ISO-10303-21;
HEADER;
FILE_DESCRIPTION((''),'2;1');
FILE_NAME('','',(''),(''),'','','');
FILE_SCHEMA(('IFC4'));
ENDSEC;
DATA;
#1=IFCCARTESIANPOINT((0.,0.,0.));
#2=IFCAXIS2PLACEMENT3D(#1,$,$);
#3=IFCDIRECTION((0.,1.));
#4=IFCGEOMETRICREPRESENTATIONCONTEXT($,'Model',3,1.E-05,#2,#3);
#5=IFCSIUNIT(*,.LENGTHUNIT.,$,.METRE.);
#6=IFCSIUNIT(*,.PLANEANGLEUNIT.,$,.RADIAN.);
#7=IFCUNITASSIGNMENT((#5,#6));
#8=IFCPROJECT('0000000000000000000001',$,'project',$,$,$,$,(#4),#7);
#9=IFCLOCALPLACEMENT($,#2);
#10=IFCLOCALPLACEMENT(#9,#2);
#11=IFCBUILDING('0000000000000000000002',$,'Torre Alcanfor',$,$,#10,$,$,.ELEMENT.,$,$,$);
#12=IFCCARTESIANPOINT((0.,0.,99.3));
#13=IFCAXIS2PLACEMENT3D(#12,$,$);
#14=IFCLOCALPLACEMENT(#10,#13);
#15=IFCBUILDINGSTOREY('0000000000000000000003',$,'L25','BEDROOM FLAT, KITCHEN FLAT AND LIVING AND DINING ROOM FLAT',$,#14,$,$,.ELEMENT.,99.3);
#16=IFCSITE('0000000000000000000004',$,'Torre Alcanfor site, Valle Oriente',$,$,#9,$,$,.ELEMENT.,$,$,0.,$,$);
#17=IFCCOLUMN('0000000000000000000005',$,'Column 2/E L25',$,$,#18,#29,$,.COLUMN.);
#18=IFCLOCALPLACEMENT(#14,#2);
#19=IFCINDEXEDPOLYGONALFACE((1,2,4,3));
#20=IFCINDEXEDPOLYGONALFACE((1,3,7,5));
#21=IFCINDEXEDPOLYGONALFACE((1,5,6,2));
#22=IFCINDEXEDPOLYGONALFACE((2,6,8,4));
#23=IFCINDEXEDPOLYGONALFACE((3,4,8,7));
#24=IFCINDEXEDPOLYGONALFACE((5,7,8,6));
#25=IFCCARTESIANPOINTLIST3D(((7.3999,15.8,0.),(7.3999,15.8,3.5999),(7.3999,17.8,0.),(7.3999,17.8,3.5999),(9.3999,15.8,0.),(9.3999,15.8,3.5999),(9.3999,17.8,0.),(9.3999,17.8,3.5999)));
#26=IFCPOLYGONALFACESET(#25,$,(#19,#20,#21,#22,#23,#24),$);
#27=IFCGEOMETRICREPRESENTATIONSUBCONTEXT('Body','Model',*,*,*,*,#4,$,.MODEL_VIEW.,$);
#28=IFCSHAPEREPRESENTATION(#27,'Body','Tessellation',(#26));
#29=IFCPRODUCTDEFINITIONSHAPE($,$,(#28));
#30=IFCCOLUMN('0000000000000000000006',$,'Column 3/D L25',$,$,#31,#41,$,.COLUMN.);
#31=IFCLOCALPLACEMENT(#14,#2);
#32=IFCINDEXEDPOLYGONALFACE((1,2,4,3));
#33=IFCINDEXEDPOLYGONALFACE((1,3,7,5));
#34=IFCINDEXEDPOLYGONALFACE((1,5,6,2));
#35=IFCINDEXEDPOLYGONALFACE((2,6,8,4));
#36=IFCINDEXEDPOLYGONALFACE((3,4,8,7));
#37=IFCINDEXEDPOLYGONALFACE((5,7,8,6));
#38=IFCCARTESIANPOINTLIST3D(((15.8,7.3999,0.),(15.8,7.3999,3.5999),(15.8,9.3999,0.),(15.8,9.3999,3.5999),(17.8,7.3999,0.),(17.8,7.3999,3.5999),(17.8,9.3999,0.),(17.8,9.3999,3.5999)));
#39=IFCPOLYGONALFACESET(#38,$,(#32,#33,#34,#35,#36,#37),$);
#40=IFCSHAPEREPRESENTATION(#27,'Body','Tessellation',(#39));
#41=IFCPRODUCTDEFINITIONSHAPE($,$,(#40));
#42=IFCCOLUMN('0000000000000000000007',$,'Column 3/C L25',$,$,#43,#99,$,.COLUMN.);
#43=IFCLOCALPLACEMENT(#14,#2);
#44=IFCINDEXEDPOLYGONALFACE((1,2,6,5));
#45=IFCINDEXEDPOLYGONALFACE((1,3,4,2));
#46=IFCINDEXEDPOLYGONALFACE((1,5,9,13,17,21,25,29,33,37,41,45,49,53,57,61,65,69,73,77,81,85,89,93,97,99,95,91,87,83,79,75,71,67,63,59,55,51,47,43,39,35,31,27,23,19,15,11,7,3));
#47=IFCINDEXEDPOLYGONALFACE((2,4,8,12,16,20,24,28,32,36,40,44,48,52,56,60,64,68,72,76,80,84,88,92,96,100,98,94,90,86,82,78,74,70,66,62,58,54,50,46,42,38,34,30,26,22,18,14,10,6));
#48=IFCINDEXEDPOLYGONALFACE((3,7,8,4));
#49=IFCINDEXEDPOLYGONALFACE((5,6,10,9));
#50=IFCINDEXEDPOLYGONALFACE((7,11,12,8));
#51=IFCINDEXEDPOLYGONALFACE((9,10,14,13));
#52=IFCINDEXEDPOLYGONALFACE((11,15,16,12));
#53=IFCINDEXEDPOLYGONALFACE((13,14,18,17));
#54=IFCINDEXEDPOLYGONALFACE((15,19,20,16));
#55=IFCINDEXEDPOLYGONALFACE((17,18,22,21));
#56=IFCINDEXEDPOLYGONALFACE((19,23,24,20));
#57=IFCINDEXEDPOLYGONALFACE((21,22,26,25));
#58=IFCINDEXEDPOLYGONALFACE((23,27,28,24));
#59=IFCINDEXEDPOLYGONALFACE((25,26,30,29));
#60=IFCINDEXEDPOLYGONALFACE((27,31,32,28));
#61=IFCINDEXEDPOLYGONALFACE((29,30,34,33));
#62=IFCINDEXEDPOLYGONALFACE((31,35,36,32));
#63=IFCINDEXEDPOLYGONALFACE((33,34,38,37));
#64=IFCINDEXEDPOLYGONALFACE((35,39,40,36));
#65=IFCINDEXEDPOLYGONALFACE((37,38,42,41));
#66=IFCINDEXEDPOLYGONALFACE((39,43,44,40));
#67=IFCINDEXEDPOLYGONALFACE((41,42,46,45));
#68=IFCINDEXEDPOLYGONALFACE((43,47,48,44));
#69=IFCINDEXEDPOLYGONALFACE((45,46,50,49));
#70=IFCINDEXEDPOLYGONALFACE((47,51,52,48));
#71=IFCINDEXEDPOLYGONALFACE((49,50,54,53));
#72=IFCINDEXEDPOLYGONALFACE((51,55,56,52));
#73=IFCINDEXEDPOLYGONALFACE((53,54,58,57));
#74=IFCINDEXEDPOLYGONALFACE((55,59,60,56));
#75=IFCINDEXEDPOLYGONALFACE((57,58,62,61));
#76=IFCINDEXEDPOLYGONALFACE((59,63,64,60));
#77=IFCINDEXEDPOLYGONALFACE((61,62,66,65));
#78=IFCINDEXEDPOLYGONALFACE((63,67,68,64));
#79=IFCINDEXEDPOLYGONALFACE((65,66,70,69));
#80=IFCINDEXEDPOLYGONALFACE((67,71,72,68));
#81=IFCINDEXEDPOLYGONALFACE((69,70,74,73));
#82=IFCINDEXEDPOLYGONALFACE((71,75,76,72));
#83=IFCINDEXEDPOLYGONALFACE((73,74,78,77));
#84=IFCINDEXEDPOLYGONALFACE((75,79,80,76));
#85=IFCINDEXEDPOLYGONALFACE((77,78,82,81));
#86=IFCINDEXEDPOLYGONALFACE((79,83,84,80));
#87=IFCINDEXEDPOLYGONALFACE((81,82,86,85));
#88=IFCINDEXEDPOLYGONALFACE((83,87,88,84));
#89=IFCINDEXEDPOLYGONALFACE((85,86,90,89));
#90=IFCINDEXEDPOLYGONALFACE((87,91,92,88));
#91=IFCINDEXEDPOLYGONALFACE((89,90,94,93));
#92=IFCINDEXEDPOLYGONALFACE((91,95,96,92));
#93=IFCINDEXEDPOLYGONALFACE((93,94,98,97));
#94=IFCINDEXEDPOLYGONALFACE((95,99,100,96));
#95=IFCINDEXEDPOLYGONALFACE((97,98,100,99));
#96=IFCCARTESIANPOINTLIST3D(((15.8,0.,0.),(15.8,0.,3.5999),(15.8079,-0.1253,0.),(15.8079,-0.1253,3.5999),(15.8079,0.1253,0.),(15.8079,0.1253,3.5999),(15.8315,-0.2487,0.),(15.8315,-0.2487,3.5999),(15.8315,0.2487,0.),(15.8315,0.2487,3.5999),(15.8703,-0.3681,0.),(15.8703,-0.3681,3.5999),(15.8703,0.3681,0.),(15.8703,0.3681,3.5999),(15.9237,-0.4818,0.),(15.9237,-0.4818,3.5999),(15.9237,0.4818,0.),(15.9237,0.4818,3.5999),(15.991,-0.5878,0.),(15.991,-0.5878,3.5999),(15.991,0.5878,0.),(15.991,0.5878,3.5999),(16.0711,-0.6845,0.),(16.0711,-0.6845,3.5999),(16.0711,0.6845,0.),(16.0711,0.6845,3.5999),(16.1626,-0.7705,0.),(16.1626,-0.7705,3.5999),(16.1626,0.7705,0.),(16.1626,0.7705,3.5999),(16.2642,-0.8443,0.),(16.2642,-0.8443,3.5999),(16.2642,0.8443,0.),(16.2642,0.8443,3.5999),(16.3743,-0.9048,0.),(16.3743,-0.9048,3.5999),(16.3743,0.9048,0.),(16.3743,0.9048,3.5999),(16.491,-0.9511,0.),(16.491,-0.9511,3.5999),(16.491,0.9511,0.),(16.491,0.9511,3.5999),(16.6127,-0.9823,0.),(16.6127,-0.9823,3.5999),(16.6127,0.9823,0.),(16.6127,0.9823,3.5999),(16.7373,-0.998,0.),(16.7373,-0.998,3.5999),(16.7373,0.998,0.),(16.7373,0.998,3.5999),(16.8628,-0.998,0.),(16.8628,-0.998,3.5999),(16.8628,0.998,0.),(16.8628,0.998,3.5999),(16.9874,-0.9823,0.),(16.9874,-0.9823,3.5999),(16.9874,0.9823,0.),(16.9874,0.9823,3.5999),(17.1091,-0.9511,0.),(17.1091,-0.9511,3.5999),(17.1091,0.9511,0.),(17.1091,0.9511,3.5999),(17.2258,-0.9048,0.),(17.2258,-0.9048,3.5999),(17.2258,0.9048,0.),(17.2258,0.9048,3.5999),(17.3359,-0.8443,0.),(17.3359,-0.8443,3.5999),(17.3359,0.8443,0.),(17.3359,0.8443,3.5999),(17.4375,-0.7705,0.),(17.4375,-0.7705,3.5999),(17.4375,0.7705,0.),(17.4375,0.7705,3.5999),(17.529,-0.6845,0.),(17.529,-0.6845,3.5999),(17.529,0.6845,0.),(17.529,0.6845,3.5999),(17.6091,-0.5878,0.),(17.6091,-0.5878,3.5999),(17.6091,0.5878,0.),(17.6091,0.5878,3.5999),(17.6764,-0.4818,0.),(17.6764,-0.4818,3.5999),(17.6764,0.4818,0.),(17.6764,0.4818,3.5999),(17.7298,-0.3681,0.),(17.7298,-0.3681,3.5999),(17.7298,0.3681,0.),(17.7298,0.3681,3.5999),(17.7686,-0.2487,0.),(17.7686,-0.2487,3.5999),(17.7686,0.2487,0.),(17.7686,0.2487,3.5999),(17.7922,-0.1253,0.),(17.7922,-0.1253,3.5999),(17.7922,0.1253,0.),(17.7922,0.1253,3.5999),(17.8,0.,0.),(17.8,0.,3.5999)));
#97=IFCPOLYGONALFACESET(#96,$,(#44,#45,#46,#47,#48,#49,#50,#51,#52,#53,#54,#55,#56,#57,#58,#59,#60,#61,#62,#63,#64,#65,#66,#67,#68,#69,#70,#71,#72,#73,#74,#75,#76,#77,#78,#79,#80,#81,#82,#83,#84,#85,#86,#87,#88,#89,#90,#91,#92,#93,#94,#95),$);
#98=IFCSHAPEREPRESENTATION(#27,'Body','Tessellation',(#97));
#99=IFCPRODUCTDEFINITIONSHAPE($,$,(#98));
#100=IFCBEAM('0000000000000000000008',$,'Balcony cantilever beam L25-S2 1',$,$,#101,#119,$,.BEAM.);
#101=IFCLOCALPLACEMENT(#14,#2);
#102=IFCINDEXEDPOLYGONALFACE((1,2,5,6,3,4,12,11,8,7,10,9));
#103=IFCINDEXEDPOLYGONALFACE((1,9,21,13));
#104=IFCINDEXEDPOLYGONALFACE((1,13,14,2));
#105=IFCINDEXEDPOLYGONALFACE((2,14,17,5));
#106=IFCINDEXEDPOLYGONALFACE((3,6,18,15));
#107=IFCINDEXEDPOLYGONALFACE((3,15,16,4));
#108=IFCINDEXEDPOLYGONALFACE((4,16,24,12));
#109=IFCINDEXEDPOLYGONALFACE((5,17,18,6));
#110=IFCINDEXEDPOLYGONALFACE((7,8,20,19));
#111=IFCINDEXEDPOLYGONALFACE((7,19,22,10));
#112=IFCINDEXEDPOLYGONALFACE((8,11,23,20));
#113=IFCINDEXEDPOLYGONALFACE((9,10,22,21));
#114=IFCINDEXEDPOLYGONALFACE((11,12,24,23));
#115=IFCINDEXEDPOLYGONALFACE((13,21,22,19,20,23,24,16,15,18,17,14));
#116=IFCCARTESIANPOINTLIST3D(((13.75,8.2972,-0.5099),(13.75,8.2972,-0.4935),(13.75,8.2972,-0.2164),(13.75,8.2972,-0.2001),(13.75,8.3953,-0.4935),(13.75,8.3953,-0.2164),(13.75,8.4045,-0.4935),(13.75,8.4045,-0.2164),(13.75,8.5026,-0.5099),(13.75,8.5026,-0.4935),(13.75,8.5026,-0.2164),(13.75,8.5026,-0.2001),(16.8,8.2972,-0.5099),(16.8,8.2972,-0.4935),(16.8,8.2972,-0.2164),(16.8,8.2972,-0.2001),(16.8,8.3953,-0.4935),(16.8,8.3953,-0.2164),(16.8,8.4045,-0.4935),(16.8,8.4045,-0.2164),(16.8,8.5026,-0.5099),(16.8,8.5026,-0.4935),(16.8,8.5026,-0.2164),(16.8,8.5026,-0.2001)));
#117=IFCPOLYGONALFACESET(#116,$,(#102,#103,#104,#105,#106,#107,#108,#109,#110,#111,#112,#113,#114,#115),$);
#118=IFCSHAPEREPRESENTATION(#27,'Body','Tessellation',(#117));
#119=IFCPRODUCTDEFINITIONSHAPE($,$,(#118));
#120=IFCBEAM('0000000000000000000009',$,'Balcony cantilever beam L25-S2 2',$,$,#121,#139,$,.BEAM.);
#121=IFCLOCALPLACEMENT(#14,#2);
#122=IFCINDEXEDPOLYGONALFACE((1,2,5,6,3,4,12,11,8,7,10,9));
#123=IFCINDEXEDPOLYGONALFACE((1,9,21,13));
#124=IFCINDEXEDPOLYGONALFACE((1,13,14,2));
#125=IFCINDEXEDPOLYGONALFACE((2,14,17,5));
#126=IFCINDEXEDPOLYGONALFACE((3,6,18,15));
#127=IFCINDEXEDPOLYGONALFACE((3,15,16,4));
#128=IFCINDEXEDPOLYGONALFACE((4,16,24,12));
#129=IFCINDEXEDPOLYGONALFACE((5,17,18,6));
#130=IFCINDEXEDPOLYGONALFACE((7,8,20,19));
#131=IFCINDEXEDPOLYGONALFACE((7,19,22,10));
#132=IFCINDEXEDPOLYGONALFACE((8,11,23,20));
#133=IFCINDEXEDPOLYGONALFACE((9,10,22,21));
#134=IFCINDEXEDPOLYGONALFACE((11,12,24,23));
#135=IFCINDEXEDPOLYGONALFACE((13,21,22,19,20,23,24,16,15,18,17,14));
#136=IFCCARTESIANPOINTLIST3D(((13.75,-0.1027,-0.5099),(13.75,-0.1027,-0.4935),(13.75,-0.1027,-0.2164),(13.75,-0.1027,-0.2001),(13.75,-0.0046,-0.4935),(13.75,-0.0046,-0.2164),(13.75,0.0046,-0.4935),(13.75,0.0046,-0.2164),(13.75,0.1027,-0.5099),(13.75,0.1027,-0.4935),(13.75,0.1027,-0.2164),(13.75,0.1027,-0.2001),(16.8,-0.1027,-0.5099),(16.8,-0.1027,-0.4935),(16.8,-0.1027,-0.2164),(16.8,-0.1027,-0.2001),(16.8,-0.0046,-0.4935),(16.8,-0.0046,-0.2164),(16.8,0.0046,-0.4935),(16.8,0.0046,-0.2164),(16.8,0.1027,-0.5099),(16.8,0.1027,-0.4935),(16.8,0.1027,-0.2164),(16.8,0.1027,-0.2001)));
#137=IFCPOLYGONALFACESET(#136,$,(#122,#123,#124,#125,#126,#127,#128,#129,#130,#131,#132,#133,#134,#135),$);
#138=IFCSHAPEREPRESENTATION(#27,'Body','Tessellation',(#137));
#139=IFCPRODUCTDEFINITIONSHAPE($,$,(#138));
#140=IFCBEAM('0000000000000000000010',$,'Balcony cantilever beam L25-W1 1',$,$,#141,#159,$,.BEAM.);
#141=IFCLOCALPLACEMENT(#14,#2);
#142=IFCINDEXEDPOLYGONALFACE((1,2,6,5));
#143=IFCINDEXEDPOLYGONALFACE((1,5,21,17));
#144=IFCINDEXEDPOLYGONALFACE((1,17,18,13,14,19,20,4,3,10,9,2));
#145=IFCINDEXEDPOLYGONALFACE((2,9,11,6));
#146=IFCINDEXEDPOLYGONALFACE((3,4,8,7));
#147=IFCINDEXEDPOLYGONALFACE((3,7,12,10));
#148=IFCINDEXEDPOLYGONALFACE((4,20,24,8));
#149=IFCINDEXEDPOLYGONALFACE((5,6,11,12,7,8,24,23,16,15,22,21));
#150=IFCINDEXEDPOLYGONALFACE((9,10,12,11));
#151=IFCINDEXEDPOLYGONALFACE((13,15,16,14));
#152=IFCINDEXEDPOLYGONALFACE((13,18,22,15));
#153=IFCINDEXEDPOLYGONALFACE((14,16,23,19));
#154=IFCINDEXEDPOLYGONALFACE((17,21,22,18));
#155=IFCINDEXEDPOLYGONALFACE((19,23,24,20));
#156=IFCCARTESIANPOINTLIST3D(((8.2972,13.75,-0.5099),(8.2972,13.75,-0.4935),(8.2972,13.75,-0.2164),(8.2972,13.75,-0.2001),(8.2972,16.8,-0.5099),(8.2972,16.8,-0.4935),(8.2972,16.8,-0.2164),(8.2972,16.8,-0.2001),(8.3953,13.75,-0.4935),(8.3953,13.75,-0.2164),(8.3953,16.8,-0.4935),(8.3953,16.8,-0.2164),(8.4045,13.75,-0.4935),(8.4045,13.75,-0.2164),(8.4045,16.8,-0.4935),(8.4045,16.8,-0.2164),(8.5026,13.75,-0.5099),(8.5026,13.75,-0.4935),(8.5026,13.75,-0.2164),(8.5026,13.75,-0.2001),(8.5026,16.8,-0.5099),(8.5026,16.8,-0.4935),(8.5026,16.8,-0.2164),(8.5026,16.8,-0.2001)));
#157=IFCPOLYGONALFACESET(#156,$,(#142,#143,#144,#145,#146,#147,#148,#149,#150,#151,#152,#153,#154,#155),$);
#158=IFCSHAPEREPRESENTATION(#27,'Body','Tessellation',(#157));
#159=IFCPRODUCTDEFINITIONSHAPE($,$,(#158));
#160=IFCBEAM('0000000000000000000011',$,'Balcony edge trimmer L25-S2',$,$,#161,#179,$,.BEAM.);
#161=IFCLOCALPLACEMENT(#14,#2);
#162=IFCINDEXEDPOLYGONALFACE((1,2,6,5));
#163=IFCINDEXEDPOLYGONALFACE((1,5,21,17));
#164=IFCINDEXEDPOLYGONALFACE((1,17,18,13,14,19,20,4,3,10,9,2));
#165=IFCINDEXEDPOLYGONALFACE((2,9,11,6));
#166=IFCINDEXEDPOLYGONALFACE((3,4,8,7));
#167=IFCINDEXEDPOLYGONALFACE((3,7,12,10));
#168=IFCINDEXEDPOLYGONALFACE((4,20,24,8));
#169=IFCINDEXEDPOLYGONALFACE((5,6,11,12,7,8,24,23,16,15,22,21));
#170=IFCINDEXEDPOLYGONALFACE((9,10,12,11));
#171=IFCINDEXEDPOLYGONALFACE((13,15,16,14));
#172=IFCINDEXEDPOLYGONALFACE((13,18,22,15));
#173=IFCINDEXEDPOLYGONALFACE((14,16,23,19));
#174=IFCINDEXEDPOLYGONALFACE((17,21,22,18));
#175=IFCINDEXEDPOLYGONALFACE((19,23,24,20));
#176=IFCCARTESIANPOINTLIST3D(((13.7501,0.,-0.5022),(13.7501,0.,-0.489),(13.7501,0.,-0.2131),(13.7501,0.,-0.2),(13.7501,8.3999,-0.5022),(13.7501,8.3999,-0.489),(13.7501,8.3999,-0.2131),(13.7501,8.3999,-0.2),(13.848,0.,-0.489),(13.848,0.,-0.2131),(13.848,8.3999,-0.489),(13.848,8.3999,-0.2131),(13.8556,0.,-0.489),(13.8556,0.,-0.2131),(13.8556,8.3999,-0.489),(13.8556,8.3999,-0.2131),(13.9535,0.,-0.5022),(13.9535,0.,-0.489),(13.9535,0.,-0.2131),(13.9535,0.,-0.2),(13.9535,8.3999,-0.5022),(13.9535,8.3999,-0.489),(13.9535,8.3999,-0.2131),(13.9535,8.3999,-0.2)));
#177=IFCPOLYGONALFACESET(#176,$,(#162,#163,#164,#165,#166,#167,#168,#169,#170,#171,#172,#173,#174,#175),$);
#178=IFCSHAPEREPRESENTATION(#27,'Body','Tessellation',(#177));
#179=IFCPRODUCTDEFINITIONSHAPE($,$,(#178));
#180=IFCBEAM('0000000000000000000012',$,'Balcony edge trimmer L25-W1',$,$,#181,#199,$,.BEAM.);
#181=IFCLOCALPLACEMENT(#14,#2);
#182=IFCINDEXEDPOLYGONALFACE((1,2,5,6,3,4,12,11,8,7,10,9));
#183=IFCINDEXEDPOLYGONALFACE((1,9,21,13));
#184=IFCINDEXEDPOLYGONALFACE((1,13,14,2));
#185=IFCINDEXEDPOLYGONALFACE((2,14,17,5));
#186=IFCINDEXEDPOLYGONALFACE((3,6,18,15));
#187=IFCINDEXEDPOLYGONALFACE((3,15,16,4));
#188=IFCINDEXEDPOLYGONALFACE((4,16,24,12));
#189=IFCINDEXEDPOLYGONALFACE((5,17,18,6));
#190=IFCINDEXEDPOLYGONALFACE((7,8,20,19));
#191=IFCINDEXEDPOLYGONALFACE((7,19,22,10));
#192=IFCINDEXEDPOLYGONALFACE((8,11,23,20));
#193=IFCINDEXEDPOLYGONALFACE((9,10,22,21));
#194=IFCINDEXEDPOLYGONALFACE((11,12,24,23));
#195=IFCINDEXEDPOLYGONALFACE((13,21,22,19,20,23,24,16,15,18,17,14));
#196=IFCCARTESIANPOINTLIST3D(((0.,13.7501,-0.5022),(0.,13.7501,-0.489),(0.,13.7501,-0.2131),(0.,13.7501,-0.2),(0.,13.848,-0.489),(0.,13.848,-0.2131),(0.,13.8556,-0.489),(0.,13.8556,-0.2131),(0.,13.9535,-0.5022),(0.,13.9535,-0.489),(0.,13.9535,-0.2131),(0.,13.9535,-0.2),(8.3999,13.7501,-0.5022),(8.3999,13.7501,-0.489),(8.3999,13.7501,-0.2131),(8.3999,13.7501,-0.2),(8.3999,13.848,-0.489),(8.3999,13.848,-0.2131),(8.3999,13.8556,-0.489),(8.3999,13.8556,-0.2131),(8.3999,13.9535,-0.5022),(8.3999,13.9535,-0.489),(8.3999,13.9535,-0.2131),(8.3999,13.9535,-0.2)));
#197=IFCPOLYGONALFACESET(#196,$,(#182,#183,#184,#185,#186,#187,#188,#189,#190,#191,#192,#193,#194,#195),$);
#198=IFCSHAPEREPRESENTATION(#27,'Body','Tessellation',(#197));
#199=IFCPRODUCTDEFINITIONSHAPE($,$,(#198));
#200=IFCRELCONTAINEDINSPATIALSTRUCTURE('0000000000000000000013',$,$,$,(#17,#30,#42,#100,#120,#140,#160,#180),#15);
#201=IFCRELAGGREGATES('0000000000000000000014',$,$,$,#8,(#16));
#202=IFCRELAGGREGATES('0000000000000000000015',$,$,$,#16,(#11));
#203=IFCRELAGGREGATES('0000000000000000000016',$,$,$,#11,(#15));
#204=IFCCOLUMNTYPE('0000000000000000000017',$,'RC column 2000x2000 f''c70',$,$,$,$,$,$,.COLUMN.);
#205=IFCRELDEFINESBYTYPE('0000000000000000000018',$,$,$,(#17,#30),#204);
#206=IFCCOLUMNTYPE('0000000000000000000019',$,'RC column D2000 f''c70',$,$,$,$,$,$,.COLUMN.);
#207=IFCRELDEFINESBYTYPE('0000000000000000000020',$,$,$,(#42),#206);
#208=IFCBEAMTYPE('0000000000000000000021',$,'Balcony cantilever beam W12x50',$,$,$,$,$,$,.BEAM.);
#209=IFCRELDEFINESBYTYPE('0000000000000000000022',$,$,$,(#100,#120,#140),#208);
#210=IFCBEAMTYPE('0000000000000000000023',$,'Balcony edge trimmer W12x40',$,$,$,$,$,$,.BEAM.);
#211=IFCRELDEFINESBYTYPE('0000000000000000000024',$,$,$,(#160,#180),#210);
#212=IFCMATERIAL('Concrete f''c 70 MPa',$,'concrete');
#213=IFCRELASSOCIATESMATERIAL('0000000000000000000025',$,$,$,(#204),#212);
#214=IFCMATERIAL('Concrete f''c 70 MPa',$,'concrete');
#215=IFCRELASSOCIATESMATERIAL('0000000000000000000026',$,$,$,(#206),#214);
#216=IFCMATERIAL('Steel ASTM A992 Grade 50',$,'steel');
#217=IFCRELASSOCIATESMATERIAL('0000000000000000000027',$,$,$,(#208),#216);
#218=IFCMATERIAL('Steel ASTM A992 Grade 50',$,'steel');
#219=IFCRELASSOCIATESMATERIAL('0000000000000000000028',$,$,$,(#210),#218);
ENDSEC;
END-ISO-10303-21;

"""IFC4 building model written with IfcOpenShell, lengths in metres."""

from ifc_helpers import new_model, si_unit, direction, frame, origin, origin_2d, place, context, subcontext, project, spatial, rectangle, circle, i_section, extrude, material, material_profile, profile_set, type_object, element, save


model = new_model("IFC4")

# Units and contexts
model_context = context("Model", 3, precision=1e-05, world=origin(), true_north=direction((0.0, 1.0)))
body_context = subcontext(model_context, "Body", "Model", "MODEL_VIEW")
ifc_project = project(units=[si_unit("LENGTHUNIT", "METRE"), si_unit("PLANEANGLEUNIT", "RADIAN")], contexts=[model_context])

# Site, building, storey
site_placement = place(None, origin())
site = spatial("IfcSite", under=ifc_project, at=site_placement, Name="Torre Alcanfor site, Valle Oriente", CompositionType="ELEMENT", RefElevation=0.0)
building_placement = place(site_placement, origin())
building = spatial("IfcBuilding", under=site, at=building_placement, Name="Torre Alcanfor", CompositionType="ELEMENT")
storey_placement = place(building_placement, frame((0.0, 0.0, 99.3)))
storey = spatial("IfcBuildingStorey", under=building, at=storey_placement, Name="L25", Description="BEDROOM FLAT, KITCHEN FLAT AND LIVING AND DINING ROOM FLAT", CompositionType="ELEMENT", Elevation=99.3)

# Columns
ifc_material_1 = material(Name="Concrete f'c 70 MPa", Category="concrete")
ifc_material_profile_1 = material_profile(ifc_material_1, rectangle(XDim=2.0, YDim=2.0, at=origin_2d()), Name="2000x2000")
ifc_profile_set_1 = profile_set([ifc_material_profile_1], Name="Concrete f'c 70 MPa")
column_type_1 = type_object("IfcColumnType", Name="RC column 2000x2000 f'c70", PredefinedType="COLUMN", material=ifc_profile_set_1)
for number, where, z_axis, x_axis, name in (
    (1, (8.3999, 16.8, 0.0), (0.0, 0.0, 1.0), (1.0, 0.0, 0.0), "Column 2/E L25"),
    (2, (16.8, 8.3999, 0.0), (0.0, 0.0, 1.0), (1.0, 0.0, 0.0), "Column 3/D L25"),
):
    element("IfcColumn", number, at=place(storey_placement, frame(where, z_axis=z_axis, x_axis=x_axis)), inside=storey, type_object=column_type_1, Name=name, PredefinedType="COLUMN", context=body_context, shape_type="SweptSolid", body=[
        extrude(rectangle(XDim=2.0, YDim=2.0, at=origin_2d()), origin(), (0.0, 0.0, 1.0), 3.5999),
    ])
ifc_material_2 = material(Name="Concrete f'c 70 MPa", Category="concrete")
ifc_material_profile_2 = material_profile(ifc_material_2, circle(Radius=1.0, at=origin_2d()), Name="D2000")
ifc_profile_set_2 = profile_set([ifc_material_profile_2], Name="Concrete f'c 70 MPa")
column_type_2 = type_object("IfcColumnType", Name="RC column D2000 f'c70", PredefinedType="COLUMN", material=ifc_profile_set_2)
column_placement = place(storey_placement, frame((16.8, 0.0, 0.0), z_axis=(0.0, 0.0, 1.0), x_axis=(1.0, 0.0, 0.0)))
element("IfcColumn", 3, at=column_placement, inside=storey, type_object=column_type_2, Name="Column 3/C L25", PredefinedType="COLUMN", context=body_context, shape_type="SweptSolid", body=[
    extrude(circle(Radius=1.0, at=origin_2d()), origin(), (0.0, 0.0, 1.0), 3.5999),
])

# Beams
ifc_material_3 = material(Name="Steel ASTM A992 Grade 50", Category="steel")
ifc_material_profile_3 = material_profile(ifc_material_3, i_section(OverallWidth=0.2053, OverallDepth=0.3098, WebThickness=0.0093, FlangeThickness=0.0164, at=origin_2d()), Name="W12x50")
ifc_profile_set_3 = profile_set([ifc_material_profile_3], Name="Steel ASTM A992 Grade 50")
beam_type_1 = type_object("IfcBeamType", Name="Balcony cantilever beam W12x50", PredefinedType="BEAM", material=ifc_profile_set_3)
for number, where, z_axis, x_axis, name in (
    (4, (16.8, 8.3999, -0.355), (-1.0, 0.0, 0.0), (0.0, -1.0, 0.0), "Balcony cantilever beam L25-S2 1"),
    (5, (16.8, 0.0, -0.355), (-1.0, 0.0, 0.0), (0.0, -1.0, 0.0), "Balcony cantilever beam L25-S2 2"),
    (6, (8.3999, 16.8, -0.355), (0.0, -1.0, 0.0), (1.0, 0.0, 0.0), "Balcony cantilever beam L25-W1 1"),
):
    element("IfcBeam", number, at=place(storey_placement, frame(where, z_axis=z_axis, x_axis=x_axis)), inside=storey, type_object=beam_type_1, Name=name, PredefinedType="BEAM", context=body_context, shape_type="SweptSolid", body=[
        extrude(i_section(OverallWidth=0.2053, OverallDepth=0.3098, WebThickness=0.0093, FlangeThickness=0.0164, at=origin_2d()), origin(), (0.0, 0.0, 1.0), 3.05),
    ])
ifc_material_4 = material(Name="Steel ASTM A992 Grade 50", Category="steel")
ifc_material_profile_4 = material_profile(ifc_material_4, i_section(OverallWidth=0.2034, OverallDepth=0.3022, WebThickness=0.0076, FlangeThickness=0.0132, at=origin_2d()), Name="W12x40")
ifc_profile_set_4 = profile_set([ifc_material_profile_4], Name="Steel ASTM A992 Grade 50")
beam_type_2 = type_object("IfcBeamType", Name="Balcony edge trimmer W12x40", PredefinedType="BEAM", material=ifc_profile_set_4)
for number, where, z_axis, x_axis, name in (
    (7, (13.8518, 8.3999, -0.3511), (0.0, -1.0, 0.0), (1.0, 0.0, 0.0), "Balcony edge trimmer L25-S2"),
    (8, (8.3999, 13.8518, -0.3511), (-1.0, 0.0, 0.0), (0.0, -1.0, 0.0), "Balcony edge trimmer L25-W1"),
):
    element("IfcBeam", number, at=place(storey_placement, frame(where, z_axis=z_axis, x_axis=x_axis)), inside=storey, type_object=beam_type_2, Name=name, PredefinedType="BEAM", context=body_context, shape_type="SweptSolid", body=[
        extrude(i_section(OverallWidth=0.2034, OverallDepth=0.3022, WebThickness=0.0076, FlangeThickness=0.0132, at=origin_2d()), origin(), (0.0, 0.0, 1.0), 8.3999),
    ])

save(model, "model.ifc")
